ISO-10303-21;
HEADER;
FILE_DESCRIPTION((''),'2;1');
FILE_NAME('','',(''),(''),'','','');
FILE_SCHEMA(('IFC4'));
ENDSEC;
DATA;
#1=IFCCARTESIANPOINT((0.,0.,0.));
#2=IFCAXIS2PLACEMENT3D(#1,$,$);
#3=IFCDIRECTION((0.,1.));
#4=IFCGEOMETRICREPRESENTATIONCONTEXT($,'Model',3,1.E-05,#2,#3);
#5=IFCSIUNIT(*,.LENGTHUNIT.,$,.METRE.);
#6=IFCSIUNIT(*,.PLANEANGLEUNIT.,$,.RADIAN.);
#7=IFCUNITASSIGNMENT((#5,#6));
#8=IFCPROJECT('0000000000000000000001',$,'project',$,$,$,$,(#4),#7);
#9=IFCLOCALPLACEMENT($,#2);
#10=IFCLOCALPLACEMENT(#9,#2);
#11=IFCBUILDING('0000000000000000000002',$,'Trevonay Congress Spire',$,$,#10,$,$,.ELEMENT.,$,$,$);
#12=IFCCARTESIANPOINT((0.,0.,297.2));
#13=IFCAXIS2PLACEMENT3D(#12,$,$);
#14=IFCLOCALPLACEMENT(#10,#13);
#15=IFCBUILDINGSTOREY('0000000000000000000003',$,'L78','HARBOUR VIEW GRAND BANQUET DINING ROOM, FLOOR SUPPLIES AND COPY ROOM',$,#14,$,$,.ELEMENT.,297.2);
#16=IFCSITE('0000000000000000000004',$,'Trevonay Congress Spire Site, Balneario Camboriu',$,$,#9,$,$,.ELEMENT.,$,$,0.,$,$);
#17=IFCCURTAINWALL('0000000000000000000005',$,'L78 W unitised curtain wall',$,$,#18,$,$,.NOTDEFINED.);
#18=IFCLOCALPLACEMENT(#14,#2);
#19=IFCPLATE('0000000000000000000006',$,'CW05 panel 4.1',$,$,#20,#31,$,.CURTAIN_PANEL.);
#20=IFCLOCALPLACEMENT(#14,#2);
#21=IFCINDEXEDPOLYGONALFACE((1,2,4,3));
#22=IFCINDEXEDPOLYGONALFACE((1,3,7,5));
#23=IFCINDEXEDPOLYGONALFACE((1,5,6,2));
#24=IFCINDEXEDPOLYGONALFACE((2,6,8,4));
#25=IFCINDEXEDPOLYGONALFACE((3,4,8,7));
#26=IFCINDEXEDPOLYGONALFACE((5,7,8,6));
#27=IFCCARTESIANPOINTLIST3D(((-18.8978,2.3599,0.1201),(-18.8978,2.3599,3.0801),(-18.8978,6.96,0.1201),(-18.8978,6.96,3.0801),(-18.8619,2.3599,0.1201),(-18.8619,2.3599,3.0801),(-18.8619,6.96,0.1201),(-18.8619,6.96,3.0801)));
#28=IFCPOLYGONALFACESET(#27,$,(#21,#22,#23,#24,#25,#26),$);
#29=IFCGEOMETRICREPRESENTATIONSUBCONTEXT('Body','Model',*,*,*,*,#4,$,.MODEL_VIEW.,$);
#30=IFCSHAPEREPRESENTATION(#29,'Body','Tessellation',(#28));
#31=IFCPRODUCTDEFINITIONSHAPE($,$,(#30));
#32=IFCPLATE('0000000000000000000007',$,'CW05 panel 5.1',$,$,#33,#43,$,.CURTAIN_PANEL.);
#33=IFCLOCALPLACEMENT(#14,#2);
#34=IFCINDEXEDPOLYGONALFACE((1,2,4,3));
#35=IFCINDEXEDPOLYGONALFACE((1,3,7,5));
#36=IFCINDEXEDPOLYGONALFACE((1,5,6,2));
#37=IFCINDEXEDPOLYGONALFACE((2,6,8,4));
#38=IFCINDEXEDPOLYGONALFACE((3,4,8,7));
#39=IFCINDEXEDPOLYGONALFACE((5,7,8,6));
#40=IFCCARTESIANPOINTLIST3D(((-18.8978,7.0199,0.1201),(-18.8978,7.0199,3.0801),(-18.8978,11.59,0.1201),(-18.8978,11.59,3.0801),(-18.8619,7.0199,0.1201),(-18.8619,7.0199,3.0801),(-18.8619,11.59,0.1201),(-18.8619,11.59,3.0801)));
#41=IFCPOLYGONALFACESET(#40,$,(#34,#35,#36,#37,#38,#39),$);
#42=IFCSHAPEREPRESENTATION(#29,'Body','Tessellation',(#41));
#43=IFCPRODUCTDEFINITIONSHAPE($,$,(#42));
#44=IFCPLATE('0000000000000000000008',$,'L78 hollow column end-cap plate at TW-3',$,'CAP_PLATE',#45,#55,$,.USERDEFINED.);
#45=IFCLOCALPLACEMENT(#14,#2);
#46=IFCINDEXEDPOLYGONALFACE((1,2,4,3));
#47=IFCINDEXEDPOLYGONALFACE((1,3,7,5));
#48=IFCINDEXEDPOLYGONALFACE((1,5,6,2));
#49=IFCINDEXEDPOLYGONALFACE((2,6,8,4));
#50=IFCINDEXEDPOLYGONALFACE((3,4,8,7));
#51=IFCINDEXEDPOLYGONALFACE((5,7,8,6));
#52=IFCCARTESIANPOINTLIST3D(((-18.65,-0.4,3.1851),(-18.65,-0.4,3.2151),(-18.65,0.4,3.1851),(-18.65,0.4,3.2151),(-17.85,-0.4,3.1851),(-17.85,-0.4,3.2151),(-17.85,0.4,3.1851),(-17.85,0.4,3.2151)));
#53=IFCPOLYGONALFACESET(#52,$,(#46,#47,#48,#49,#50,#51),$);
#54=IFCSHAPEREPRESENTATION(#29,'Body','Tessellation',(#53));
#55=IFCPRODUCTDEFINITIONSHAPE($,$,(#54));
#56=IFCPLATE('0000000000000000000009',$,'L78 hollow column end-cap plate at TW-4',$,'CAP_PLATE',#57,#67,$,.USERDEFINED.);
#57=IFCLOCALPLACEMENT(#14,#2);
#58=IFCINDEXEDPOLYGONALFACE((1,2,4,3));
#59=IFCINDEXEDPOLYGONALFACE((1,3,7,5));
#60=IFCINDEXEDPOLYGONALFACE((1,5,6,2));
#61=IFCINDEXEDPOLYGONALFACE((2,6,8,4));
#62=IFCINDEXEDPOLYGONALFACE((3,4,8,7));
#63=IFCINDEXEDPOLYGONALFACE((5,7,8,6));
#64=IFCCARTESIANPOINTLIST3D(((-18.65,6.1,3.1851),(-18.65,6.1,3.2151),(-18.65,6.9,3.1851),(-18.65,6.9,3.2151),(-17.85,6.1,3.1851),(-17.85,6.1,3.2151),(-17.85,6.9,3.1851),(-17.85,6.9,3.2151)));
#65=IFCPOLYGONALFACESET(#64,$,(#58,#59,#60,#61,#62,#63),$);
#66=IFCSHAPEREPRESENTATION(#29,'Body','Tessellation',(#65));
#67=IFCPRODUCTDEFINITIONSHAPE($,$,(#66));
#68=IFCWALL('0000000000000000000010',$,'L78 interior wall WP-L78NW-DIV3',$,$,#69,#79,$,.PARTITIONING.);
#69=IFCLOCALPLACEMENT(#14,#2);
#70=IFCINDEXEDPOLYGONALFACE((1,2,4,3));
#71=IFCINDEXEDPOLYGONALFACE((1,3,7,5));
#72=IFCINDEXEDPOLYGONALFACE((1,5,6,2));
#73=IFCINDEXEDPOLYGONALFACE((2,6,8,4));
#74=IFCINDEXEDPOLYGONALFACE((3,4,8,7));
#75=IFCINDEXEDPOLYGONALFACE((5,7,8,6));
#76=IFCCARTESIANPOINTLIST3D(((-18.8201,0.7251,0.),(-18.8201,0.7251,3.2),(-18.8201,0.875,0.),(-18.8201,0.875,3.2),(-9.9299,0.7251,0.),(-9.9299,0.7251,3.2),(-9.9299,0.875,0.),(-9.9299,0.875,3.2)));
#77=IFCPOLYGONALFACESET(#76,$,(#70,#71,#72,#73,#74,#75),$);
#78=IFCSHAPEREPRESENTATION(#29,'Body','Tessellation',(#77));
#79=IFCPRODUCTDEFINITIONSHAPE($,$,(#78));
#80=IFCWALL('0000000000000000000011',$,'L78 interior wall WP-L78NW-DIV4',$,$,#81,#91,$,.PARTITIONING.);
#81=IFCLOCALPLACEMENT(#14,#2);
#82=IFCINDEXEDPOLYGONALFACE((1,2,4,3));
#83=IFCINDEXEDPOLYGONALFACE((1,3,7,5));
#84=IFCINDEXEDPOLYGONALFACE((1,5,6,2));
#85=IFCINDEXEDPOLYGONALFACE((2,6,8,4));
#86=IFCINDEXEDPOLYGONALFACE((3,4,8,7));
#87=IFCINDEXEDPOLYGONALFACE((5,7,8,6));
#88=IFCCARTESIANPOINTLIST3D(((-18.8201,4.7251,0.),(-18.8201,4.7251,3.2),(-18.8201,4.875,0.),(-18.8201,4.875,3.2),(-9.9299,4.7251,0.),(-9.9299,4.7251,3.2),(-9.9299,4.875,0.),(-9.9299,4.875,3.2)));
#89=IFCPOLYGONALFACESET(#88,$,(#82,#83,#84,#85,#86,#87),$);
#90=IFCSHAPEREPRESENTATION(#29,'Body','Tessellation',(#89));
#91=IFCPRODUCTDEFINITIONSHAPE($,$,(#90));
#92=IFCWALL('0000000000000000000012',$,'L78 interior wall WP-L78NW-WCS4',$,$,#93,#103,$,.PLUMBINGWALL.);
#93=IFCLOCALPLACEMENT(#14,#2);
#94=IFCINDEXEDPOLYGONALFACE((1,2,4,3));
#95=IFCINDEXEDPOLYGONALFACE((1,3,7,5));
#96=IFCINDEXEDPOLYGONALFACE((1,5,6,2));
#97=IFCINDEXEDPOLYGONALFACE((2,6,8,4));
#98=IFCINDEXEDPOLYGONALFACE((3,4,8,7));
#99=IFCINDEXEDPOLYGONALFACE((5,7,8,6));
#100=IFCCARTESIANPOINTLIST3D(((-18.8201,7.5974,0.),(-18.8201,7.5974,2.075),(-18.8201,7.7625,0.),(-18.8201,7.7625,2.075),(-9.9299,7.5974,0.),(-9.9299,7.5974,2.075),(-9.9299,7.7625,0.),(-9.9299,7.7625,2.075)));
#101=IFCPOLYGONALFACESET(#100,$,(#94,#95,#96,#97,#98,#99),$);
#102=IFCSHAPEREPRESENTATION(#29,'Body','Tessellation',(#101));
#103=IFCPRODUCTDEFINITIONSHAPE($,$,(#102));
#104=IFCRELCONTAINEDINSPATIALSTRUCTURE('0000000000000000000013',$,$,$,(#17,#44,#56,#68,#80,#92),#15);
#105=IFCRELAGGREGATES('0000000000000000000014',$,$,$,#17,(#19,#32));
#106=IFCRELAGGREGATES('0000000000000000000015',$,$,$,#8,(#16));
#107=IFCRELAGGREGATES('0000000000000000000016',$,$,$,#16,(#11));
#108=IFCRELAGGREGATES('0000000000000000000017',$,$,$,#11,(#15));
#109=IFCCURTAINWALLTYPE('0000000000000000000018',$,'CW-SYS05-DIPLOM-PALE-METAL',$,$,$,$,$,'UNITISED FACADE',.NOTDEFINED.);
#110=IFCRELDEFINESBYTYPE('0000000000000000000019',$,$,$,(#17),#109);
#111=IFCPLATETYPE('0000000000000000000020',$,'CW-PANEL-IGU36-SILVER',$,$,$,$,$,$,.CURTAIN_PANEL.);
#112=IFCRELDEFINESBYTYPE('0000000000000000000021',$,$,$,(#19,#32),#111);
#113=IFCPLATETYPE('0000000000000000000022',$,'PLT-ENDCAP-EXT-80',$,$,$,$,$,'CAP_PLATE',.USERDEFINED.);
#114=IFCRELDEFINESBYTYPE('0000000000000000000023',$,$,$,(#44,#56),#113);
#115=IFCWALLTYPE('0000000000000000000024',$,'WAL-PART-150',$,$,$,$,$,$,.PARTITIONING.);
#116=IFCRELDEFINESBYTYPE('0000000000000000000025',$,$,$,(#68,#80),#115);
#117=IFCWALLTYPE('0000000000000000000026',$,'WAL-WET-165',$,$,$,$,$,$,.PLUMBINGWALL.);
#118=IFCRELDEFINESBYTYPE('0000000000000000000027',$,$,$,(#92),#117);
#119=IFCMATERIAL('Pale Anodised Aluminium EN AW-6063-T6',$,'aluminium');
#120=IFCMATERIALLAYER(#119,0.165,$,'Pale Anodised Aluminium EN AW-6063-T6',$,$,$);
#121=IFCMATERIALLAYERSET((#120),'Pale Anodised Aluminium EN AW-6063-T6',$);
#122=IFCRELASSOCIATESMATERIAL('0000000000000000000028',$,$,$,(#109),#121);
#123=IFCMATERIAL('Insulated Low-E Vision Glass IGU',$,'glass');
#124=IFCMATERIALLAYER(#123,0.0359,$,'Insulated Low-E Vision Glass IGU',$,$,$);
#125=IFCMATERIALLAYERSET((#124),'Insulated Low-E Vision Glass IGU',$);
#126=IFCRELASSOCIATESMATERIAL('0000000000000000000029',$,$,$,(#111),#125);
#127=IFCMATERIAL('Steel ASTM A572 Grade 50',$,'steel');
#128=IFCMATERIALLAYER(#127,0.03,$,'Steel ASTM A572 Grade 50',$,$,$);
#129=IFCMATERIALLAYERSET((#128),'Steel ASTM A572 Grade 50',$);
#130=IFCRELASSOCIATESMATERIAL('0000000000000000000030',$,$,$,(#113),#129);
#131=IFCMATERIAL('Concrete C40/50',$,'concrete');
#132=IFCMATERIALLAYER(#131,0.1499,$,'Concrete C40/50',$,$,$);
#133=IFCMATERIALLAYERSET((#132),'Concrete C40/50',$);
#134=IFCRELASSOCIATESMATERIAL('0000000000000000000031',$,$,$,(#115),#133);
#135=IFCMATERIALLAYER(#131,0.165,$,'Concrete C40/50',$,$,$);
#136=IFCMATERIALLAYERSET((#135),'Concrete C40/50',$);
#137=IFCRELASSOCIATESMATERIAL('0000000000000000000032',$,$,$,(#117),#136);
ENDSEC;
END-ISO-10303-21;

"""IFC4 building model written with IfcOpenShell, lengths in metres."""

from ifc_helpers import new_model, si_unit, direction, frame, frame_2d, origin, origin_2d, place, context, subcontext, project, spatial, rectangle, extrude, material, layer, layer_set, type_object, element, aggregate, save


model = new_model("IFC4")

# Units and contexts
model_context = context("Model", 3, precision=1e-05, world=origin(), true_north=direction((0.0, 1.0)))
body_context = subcontext(model_context, "Body", "Model", "MODEL_VIEW")
ifc_project = project(units=[si_unit("LENGTHUNIT", "METRE"), si_unit("PLANEANGLEUNIT", "RADIAN")], contexts=[model_context])

# Site, building, storey
site_placement = place(None, origin())
site = spatial("IfcSite", under=ifc_project, at=site_placement, Name="Trevonay Congress Spire Site, Balneario Camboriu", CompositionType="ELEMENT", RefElevation=0.0)
building_placement = place(site_placement, origin())
building = spatial("IfcBuilding", under=site, at=building_placement, Name="Trevonay Congress Spire", CompositionType="ELEMENT")
storey_placement = place(building_placement, frame((0.0, 0.0, 297.2)))
storey = spatial("IfcBuildingStorey", under=building, at=storey_placement, Name="L78", Description="HARBOUR VIEW GRAND BANQUET DINING ROOM, FLOOR SUPPLIES AND COPY ROOM", CompositionType="ELEMENT", Elevation=297.2)

# Shared definitions
ifc_material_1 = material(Name="Steel ASTM A572 Grade 50", Category="steel")

# Curtain wall
ifc_material_2 = material(Name="Pale Anodised Aluminium EN AW-6063-T6", Category="aluminium")
ifc_layer_1 = layer(ifc_material_2, 0.165, Name="Pale Anodised Aluminium EN AW-6063-T6")
ifc_layer_set_1 = layer_set([ifc_layer_1], Name="Pale Anodised Aluminium EN AW-6063-T6")
curtain_wall_type = type_object("IfcCurtainWallType", Name="CW-SYS05-DIPLOM-PALE-METAL", ElementType="UNITISED FACADE", PredefinedType="NOTDEFINED", material=ifc_layer_set_1)
curtain_wall_placement = place(storey_placement, origin())
curtain_wall = element("IfcCurtainWall", 1, at=curtain_wall_placement, inside=storey, type_object=curtain_wall_type, Name="L78 W unitised curtain wall", PredefinedType="NOTDEFINED")

# Plates
ifc_material_3 = material(Name="Insulated Low-E Vision Glass IGU", Category="glass")
ifc_layer_2 = layer(ifc_material_3, 0.0359, Name="Insulated Low-E Vision Glass IGU")
ifc_layer_set_2 = layer_set([ifc_layer_2], Name="Insulated Low-E Vision Glass IGU")
plate_type_1 = type_object("IfcPlateType", Name="CW-PANEL-IGU36-SILVER", PredefinedType="CURTAIN_PANEL", material=ifc_layer_set_2)
plate_1_placement = place(storey_placement, frame((-18.8799, 4.6599, 0.1201), z_axis=(0.0, 0.0, 1.0), x_axis=(0.0, 1.0, 0.0)))
plate_1 = element("IfcPlate", 2, at=plate_1_placement, type_object=plate_type_1, Name="CW05 panel 4.1", PredefinedType="CURTAIN_PANEL", context=body_context, shape_type="SweptSolid", body=[
    extrude(rectangle(XDim=4.6001, YDim=0.0359, at=origin_2d()), origin(), (0.0, 0.0, 1.0), 2.96),
])
plate_2_placement = place(storey_placement, frame((-18.8799, 9.3049, 0.1201), z_axis=(0.0, 0.0, 1.0), x_axis=(0.0, 1.0, 0.0)))
plate_2 = element("IfcPlate", 3, at=plate_2_placement, type_object=plate_type_1, Name="CW05 panel 5.1", PredefinedType="CURTAIN_PANEL", context=body_context, shape_type="SweptSolid", body=[
    extrude(rectangle(XDim=4.5701, YDim=0.0359, at=origin_2d()), origin(), (0.0, 0.0, 1.0), 2.96),
])
aggregate(curtain_wall, [plate_1, plate_2])

# Plates
ifc_layer_3 = layer(ifc_material_1, 0.03, Name="Steel ASTM A572 Grade 50")
ifc_layer_set_3 = layer_set([ifc_layer_3], Name="Steel ASTM A572 Grade 50")
plate_type_2 = type_object("IfcPlateType", Name="PLT-ENDCAP-EXT-80", ElementType="CAP_PLATE", PredefinedType="USERDEFINED", material=ifc_layer_set_3)
for number, where, z_axis, x_axis, name in (
    (4, (-18.25, 0.0, 3.1851), (0.0, 0.0, 1.0), (1.0, 0.0, 0.0), "L78 hollow column end-cap plate at TW-3"),
    (5, (-18.25, 6.5, 3.1851), (0.0, 0.0, 1.0), (1.0, 0.0, 0.0), "L78 hollow column end-cap plate at TW-4"),
):
    element("IfcPlate", number, at=place(storey_placement, frame(where, z_axis=z_axis, x_axis=x_axis)), inside=storey, type_object=plate_type_2, Name=name, ObjectType="CAP_PLATE", PredefinedType="USERDEFINED", context=body_context, shape_type="SweptSolid", body=[
        extrude(rectangle(XDim=0.8, YDim=0.8, at=origin_2d()), origin(), (0.0, 0.0, 1.0), 0.03),
    ])

# Walls
ifc_material_4 = material(Name="Concrete C40/50", Category="concrete")
ifc_layer_4 = layer(ifc_material_4, 0.1499, Name="Concrete C40/50")
ifc_layer_set_4 = layer_set([ifc_layer_4], Name="Concrete C40/50")
wall_type_1 = type_object("IfcWallType", Name="WAL-PART-150", PredefinedType="PARTITIONING", material=ifc_layer_set_4)
for number, where, z_axis, x_axis, name in (
    (6, (-18.8201, 0.8, 0.0), (0.0, 0.0, 1.0), (1.0, 0.0, 0.0), "L78 interior wall WP-L78NW-DIV3"),
    (7, (-18.8201, 4.8, 0.0), (0.0, 0.0, 1.0), (1.0, 0.0, 0.0), "L78 interior wall WP-L78NW-DIV4"),
):
    element("IfcWall", number, at=place(storey_placement, frame(where, z_axis=z_axis, x_axis=x_axis)), inside=storey, type_object=wall_type_1, Name=name, PredefinedType="PARTITIONING", context=body_context, shape_type="SweptSolid", body=[
        extrude(rectangle(XDim=8.8901, YDim=0.1499, at=frame_2d((4.4451, 0.0))), origin(), (0.0, 0.0, 1.0), 3.2),
    ])
ifc_layer_5 = layer(ifc_material_4, 0.165, Name="Concrete C40/50")
ifc_layer_set_5 = layer_set([ifc_layer_5], Name="Concrete C40/50")
wall_type_2 = type_object("IfcWallType", Name="WAL-WET-165", PredefinedType="PLUMBINGWALL", material=ifc_layer_set_5)
wall_placement = place(storey_placement, frame((-18.8201, 7.6799, 0.0), z_axis=(0.0, 0.0, 1.0), x_axis=(1.0, 0.0, 0.0)))
element("IfcWall", 8, at=wall_placement, inside=storey, type_object=wall_type_2, Name="L78 interior wall WP-L78NW-WCS4", PredefinedType="PLUMBINGWALL", context=body_context, shape_type="SweptSolid", body=[
    extrude(rectangle(XDim=8.8901, YDim=0.165, at=frame_2d((4.4451, 0.0))), origin(), (0.0, 0.0, 1.0), 2.075),
])

save(model, "model.ifc")
